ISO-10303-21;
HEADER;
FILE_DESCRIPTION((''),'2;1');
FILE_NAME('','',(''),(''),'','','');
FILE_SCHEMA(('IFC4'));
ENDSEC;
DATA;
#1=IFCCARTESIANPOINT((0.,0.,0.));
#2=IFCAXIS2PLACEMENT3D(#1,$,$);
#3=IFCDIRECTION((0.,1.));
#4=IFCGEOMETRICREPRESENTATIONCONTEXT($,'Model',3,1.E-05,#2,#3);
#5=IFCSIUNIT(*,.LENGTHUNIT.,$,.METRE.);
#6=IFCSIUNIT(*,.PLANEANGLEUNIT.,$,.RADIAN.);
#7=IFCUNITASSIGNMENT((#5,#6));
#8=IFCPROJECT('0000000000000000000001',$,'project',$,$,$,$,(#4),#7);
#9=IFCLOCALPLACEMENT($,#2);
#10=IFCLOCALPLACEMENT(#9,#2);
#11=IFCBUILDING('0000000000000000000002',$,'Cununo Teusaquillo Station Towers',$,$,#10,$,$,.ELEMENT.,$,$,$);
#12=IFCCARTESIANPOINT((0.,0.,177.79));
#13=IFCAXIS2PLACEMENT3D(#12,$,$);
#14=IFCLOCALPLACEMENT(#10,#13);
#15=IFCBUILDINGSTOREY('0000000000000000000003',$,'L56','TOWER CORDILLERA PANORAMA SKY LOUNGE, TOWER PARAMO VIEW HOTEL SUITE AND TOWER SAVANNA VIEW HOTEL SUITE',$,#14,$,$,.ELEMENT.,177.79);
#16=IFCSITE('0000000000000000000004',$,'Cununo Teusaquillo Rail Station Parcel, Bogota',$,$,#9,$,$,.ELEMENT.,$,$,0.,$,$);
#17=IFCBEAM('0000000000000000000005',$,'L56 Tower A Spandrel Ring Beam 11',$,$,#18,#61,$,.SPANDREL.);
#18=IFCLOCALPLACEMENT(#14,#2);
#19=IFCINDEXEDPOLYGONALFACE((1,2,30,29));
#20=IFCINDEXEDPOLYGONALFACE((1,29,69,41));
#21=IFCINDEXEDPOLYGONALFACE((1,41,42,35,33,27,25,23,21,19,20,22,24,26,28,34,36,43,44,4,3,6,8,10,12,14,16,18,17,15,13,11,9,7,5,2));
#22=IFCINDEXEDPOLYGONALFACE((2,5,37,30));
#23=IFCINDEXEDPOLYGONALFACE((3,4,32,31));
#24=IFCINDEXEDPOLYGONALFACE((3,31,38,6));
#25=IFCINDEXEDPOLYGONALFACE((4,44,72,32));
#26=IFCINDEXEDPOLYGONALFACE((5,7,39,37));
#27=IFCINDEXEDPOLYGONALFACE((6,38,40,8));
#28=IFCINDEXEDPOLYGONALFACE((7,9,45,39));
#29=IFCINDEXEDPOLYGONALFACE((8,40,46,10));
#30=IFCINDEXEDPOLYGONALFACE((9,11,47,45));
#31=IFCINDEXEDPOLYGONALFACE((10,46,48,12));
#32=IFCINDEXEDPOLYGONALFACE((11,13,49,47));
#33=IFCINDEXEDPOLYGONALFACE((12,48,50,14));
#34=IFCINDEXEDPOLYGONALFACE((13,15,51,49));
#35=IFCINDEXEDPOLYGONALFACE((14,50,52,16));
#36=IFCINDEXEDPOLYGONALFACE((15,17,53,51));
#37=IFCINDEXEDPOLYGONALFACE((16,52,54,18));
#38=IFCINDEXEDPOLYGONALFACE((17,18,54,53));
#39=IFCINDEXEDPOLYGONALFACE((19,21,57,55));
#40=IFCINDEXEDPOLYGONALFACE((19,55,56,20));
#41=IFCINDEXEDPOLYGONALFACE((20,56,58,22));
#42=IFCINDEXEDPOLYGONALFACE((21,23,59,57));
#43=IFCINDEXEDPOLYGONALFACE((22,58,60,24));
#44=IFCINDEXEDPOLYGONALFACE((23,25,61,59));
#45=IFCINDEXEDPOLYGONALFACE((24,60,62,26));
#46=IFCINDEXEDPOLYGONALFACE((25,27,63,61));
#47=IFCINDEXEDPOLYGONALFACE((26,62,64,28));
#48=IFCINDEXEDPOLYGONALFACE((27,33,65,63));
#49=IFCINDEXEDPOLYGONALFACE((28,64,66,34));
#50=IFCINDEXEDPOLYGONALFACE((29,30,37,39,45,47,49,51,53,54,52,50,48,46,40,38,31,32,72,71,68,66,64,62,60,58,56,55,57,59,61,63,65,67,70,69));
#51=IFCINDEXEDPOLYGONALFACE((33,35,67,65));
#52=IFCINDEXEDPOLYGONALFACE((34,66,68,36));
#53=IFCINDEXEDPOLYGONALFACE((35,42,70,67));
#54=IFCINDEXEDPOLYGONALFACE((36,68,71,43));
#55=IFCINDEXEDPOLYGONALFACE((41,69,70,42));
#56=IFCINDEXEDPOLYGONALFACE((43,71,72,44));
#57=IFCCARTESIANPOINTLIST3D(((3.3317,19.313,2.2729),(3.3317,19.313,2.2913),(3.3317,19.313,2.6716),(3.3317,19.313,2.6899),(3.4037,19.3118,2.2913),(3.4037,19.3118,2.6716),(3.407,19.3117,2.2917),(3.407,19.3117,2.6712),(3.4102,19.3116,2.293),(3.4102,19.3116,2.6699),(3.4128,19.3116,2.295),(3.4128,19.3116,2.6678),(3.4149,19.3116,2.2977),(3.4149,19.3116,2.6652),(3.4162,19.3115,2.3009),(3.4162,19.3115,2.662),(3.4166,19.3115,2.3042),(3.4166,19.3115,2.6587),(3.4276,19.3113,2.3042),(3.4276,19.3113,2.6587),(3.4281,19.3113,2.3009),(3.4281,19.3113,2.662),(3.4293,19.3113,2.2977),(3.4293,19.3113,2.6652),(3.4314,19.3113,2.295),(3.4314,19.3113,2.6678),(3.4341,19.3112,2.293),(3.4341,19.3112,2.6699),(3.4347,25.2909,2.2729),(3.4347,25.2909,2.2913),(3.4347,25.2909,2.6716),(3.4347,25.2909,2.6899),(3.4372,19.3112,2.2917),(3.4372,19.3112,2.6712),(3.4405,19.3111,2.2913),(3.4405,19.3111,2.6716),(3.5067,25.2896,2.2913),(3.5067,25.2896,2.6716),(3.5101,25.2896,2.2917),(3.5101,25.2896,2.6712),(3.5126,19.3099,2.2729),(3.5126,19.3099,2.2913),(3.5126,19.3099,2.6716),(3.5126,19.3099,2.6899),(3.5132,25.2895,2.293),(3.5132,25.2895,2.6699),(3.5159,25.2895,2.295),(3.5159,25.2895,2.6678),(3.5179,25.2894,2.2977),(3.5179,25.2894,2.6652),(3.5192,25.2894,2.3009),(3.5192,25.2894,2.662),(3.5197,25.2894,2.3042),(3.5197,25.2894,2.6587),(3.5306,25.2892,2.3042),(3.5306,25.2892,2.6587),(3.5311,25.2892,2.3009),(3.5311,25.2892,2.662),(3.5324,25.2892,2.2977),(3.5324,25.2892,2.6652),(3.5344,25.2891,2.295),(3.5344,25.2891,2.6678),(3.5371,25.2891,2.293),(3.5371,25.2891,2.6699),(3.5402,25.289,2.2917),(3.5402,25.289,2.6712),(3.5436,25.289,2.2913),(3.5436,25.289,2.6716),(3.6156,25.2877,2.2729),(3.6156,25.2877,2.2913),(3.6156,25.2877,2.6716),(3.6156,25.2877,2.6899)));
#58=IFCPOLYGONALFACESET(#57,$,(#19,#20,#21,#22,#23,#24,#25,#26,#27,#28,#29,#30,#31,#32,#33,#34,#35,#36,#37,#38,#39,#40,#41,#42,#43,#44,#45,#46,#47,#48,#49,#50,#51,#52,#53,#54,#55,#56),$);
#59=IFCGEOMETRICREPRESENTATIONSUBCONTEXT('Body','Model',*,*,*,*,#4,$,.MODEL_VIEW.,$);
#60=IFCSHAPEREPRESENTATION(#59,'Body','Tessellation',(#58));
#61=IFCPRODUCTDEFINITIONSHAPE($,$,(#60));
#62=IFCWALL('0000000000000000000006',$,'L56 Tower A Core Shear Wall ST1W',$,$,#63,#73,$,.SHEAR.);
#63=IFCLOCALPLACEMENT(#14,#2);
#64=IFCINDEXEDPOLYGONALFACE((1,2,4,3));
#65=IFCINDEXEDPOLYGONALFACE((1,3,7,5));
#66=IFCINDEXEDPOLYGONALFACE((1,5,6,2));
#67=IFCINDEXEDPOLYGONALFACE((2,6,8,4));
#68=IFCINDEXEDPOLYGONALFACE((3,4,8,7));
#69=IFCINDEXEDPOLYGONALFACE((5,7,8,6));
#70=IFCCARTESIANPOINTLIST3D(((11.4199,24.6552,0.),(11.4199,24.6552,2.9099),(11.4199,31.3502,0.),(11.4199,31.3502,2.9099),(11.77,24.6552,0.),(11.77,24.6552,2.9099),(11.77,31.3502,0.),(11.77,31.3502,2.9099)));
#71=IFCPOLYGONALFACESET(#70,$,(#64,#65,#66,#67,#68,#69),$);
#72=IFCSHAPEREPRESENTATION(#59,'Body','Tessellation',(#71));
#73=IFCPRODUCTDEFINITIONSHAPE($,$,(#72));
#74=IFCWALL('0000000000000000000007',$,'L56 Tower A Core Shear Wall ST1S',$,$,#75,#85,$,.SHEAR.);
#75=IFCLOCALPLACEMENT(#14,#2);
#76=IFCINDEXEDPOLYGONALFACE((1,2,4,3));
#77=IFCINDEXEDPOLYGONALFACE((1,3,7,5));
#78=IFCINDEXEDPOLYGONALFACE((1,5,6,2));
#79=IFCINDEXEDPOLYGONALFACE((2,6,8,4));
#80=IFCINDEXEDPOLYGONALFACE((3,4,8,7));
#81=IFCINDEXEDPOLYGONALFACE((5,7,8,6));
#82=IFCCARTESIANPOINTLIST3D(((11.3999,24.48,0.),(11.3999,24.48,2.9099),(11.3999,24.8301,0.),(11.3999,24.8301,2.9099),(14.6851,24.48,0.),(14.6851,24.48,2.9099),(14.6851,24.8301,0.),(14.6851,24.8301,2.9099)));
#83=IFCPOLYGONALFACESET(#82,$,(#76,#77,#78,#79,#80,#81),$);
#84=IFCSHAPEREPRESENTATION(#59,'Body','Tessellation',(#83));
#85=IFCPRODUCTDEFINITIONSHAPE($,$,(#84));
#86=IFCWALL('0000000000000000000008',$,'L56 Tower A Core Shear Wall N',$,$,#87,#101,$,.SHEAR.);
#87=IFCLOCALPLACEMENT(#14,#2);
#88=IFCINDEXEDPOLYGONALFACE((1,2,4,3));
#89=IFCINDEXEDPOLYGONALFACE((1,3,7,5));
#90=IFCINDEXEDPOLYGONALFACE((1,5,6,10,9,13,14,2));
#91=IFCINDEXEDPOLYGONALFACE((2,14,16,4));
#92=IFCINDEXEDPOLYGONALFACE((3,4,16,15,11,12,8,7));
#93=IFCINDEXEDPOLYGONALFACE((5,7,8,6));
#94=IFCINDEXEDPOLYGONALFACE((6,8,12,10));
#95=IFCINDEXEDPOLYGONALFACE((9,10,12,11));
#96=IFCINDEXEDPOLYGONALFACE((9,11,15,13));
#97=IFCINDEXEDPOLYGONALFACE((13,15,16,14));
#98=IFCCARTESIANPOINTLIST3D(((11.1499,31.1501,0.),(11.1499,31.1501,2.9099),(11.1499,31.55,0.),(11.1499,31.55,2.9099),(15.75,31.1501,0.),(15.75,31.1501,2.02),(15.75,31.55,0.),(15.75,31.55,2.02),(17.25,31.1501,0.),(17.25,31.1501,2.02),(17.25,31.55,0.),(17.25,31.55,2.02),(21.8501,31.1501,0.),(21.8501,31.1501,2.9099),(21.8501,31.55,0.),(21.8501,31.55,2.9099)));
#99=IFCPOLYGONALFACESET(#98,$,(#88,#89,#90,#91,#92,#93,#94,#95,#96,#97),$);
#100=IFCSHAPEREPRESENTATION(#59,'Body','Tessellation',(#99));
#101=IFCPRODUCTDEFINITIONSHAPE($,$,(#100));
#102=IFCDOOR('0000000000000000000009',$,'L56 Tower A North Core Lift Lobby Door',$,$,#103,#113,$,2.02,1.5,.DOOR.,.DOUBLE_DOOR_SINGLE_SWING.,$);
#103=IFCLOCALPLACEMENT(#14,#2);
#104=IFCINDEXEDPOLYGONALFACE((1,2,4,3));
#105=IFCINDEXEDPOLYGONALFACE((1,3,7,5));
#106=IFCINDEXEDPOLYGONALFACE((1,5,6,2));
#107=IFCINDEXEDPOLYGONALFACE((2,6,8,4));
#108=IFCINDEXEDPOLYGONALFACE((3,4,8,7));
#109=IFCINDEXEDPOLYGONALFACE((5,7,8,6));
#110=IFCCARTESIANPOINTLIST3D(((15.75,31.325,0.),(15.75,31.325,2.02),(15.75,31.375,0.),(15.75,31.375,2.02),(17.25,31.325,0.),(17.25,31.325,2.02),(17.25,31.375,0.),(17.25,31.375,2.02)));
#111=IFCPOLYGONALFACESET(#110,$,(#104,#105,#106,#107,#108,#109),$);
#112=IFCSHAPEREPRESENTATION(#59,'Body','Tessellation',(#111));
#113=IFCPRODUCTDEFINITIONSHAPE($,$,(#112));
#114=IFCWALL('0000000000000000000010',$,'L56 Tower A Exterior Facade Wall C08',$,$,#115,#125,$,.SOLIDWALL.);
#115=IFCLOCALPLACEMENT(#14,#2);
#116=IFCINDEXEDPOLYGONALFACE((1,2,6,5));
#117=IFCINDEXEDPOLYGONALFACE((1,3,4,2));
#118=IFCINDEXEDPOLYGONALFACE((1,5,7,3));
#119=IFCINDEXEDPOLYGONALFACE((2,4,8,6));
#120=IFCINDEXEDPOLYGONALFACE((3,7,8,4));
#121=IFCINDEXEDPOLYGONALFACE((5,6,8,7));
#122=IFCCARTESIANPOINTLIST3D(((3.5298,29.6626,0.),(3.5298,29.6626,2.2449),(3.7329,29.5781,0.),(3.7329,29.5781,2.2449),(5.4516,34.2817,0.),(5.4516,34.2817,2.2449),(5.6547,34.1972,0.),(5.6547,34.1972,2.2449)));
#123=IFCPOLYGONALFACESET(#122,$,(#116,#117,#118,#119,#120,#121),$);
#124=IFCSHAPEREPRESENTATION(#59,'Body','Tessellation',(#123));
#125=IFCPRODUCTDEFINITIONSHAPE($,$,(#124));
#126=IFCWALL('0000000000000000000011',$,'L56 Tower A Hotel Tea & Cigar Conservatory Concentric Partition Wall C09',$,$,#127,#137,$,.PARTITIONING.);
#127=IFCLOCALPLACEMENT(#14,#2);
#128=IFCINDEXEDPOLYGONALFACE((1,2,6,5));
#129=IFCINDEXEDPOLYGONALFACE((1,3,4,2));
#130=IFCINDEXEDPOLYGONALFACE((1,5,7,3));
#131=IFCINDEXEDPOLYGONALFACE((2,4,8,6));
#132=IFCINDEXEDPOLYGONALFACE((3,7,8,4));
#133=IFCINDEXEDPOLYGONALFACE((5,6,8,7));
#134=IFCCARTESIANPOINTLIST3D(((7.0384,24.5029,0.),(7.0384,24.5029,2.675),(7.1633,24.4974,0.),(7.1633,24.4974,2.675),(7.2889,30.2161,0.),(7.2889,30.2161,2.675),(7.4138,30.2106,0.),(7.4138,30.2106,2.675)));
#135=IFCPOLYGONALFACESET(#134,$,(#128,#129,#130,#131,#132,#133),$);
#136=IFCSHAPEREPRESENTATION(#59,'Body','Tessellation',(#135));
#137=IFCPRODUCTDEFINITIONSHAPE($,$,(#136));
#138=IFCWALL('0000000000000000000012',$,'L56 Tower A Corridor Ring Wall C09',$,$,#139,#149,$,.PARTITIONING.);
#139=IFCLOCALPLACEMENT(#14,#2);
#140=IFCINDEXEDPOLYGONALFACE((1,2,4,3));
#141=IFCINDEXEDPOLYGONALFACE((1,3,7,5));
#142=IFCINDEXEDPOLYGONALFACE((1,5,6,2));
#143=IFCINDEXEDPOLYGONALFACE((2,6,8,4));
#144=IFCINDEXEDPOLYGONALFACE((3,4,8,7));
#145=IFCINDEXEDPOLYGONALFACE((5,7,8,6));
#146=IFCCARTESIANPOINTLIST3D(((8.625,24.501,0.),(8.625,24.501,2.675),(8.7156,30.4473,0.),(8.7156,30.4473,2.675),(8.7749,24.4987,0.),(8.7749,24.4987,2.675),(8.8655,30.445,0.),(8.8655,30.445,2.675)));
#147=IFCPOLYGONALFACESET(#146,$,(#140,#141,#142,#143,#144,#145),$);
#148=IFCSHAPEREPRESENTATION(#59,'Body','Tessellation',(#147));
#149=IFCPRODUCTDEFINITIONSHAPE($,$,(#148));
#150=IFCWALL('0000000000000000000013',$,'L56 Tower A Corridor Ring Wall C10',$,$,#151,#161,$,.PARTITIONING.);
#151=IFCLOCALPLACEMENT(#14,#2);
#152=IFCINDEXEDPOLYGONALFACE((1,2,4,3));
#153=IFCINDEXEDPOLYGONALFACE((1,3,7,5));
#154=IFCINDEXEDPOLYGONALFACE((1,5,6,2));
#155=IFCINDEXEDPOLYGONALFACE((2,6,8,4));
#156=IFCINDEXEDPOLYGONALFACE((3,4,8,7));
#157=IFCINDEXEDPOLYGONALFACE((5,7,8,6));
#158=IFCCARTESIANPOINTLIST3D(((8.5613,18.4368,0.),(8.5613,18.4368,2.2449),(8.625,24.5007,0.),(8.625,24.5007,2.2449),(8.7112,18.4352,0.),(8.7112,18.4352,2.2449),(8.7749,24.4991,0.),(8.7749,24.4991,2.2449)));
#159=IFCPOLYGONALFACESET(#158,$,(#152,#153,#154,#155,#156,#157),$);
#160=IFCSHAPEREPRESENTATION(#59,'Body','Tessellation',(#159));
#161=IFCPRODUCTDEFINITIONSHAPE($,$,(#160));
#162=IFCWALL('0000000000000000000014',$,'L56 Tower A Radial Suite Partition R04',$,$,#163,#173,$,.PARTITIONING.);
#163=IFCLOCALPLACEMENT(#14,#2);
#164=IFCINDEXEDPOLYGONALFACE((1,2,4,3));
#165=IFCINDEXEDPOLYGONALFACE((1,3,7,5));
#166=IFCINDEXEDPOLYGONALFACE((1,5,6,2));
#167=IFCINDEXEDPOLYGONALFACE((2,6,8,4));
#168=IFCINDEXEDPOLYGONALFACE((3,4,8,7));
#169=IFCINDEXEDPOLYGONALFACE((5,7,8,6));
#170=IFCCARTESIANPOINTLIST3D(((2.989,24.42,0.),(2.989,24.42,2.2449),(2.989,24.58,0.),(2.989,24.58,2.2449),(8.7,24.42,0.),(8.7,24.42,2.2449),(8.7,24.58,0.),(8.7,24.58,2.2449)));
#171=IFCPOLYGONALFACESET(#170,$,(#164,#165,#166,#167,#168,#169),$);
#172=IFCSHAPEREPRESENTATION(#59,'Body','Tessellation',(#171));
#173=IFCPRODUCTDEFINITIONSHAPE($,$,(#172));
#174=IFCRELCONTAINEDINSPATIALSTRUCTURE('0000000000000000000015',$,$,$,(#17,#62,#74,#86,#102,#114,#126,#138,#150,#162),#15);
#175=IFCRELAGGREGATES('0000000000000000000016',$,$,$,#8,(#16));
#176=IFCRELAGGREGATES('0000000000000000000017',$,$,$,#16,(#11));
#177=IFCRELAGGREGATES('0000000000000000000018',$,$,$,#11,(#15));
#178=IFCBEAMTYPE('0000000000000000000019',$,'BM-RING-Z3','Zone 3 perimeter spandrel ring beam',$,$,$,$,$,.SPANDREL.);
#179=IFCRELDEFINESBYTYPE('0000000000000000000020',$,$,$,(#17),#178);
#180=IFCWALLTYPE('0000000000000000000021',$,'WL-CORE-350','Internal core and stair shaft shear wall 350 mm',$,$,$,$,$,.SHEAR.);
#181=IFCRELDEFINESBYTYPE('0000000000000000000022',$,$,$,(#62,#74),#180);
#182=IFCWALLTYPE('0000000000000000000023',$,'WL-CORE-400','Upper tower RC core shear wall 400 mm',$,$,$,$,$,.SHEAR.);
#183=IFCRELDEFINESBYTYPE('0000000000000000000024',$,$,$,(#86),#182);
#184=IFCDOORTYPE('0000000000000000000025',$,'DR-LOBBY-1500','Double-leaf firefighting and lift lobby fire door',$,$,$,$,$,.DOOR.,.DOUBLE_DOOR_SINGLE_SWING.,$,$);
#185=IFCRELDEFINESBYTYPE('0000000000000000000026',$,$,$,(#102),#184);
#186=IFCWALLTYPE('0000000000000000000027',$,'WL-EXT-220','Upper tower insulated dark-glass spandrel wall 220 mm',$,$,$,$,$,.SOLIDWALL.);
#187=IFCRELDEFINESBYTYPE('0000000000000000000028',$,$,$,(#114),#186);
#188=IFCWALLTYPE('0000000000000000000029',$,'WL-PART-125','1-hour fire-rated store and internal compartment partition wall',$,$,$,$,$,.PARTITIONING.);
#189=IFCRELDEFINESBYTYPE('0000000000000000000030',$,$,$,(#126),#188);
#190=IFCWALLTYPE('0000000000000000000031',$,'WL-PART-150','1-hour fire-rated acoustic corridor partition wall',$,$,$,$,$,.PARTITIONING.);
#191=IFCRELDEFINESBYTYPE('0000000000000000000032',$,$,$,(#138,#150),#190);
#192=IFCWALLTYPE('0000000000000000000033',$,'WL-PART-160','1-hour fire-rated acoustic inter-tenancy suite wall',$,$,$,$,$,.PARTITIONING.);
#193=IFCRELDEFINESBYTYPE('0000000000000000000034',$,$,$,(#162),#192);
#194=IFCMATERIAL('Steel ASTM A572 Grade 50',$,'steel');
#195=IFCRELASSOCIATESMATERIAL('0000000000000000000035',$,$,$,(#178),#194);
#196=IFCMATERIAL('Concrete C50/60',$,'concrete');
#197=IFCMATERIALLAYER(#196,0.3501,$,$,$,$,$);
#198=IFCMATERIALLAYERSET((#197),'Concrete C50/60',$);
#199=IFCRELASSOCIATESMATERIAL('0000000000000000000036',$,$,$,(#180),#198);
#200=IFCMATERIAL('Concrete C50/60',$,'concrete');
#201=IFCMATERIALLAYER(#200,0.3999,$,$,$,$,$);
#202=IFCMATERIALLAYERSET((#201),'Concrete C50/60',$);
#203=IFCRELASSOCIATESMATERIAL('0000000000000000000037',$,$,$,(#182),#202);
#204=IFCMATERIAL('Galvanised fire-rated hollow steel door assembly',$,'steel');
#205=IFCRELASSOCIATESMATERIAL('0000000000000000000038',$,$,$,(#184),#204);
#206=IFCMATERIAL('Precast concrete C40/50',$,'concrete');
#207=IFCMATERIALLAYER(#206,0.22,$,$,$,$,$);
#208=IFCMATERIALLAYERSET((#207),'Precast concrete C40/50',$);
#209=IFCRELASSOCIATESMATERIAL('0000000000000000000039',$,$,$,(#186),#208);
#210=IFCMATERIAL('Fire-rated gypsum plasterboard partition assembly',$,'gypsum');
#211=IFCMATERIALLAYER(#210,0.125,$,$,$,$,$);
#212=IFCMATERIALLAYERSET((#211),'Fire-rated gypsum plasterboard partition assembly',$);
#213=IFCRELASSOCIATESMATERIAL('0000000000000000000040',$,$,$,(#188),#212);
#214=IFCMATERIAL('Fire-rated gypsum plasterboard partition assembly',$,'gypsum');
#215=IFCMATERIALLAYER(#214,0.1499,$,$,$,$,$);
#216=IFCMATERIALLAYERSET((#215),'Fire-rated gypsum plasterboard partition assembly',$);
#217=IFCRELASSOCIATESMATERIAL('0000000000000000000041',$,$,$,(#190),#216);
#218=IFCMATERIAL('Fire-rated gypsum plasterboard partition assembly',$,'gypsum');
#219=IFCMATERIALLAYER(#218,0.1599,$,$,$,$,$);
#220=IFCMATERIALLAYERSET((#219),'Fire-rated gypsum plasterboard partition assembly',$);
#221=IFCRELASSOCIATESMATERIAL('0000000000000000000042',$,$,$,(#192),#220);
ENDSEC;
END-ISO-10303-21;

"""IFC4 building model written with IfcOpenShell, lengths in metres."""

from ifc_helpers import new_model, si_unit, direction, frame, frame_2d, origin, origin_2d, place, context, subcontext, project, spatial, rectangle, i_section, extrude, source, transform, mapped, material, layer, layer_set, material_profile, profile_set, type_object, element, fill, save


model = new_model("IFC4")

# Units and contexts
model_context = context("Model", 3, precision=1e-05, world=origin(), true_north=direction((0.0, 1.0)))
body_context = subcontext(model_context, "Body", "Model", "MODEL_VIEW")
ifc_project = project(units=[si_unit("LENGTHUNIT", "METRE"), si_unit("PLANEANGLEUNIT", "RADIAN")], contexts=[model_context])

# Site, building, storey
site_placement = place(None, origin())
site = spatial("IfcSite", under=ifc_project, at=site_placement, Name="Cununo Teusaquillo Rail Station Parcel, Bogota", CompositionType="ELEMENT", RefElevation=0.0)
building_placement = place(site_placement, origin())
building = spatial("IfcBuilding", under=site, at=building_placement, Name="Cununo Teusaquillo Station Towers", CompositionType="ELEMENT")
storey_placement = place(building_placement, frame((0.0, 0.0, 177.79)))
storey = spatial("IfcBuildingStorey", under=building, at=storey_placement, Name="L56", Description="TOWER CORDILLERA PANORAMA SKY LOUNGE, TOWER PARAMO VIEW HOTEL SUITE AND TOWER SAVANNA VIEW HOTEL SUITE", CompositionType="ELEMENT", Elevation=177.79)

# Beam
ifc_material_1 = material(Name="Steel ASTM A572 Grade 50", Category="steel")
ifc_material_profile_1 = material_profile(ifc_material_1, i_section(OverallWidth=0.1809, OverallDepth=0.417, WebThickness=0.011, FlangeThickness=0.0183, FilletRadius=0.0129, at=origin_2d()), Name="W16X57")
ifc_profile_set_1 = profile_set([ifc_material_profile_1], Name="Steel ASTM A572 Grade 50")
beam_type_1 = type_object("IfcBeamType", Name="BM-RING-Z3", Description="Zone 3 perimeter spandrel ring beam", PredefinedType="SPANDREL", material=ifc_profile_set_1)
beam_1_placement = place(storey_placement, frame((3.5251, 25.2893, 2.4814), z_axis=(-0.017232, -0.999852, 0.0), x_axis=(0.999852, -0.017232, 0.0)))
element("IfcBeam", 1, at=beam_1_placement, inside=storey, type_object=beam_type_1, Name="L56 Tower A Spandrel Ring Beam 11", PredefinedType="SPANDREL", context=body_context, shape_type="SweptSolid", body=[
    extrude(i_section(OverallWidth=0.1809, OverallDepth=0.417, WebThickness=0.011, FlangeThickness=0.0183, FilletRadius=0.0129, at=origin_2d()), origin(), (0.0, 0.0, 1.0), 5.9788),
])

# Walls
ifc_material_2 = material(Name="Concrete C50/60", Category="concrete")
ifc_layer_1 = layer(ifc_material_2, 0.3501)
ifc_layer_set_1 = layer_set([ifc_layer_1], Name="Concrete C50/60")
wall_type_1 = type_object("IfcWallType", Name="WL-CORE-350", Description="Internal core and stair shaft shear wall 350 mm", PredefinedType="SHEAR", material=ifc_layer_set_1)
wall_1_placement = place(storey_placement, frame((11.595, 24.655, 0.0), z_axis=(0.0, 0.0, 1.0), x_axis=(0.0, 1.0, 0.0)))
element("IfcWall", 2, at=wall_1_placement, inside=storey, type_object=wall_type_1, Name="L56 Tower A Core Shear Wall ST1W", PredefinedType="SHEAR", context=body_context, shape_type="SweptSolid", body=[
    extrude(rectangle(XDim=6.6951, YDim=0.3501, at=frame_2d((3.3477, 0.0))), origin(), (0.0, 0.0, 1.0), 2.9099),
])
wall_2_placement = place(storey_placement, frame((11.3999, 24.655, 0.0), z_axis=(0.0, 0.0, 1.0), x_axis=(1.0, 0.0, 0.0)))
element("IfcWall", 3, at=wall_2_placement, inside=storey, type_object=wall_type_1, Name="L56 Tower A Core Shear Wall ST1S", PredefinedType="SHEAR", context=body_context, shape_type="SweptSolid", body=[
    extrude(rectangle(XDim=3.2852, YDim=0.3501, at=frame_2d((1.6426, 0.0))), origin(), (0.0, 0.0, 1.0), 2.9099),
])

# Wall, opening, door
ifc_material_3 = material(Name="Concrete C50/60", Category="concrete")
ifc_layer_2 = layer(ifc_material_3, 0.3999)
ifc_layer_set_2 = layer_set([ifc_layer_2], Name="Concrete C50/60")
wall_type_2 = type_object("IfcWallType", Name="WL-CORE-400", Description="Upper tower RC core shear wall 400 mm", PredefinedType="SHEAR", material=ifc_layer_set_2)
wall_3_placement = place(storey_placement, frame((11.1499, 31.3501, 0.0), z_axis=(0.0, 0.0, 1.0), x_axis=(1.0, 0.0, 0.0)))
wall_3 = element("IfcWall", 4, at=wall_3_placement, inside=storey, type_object=wall_type_2, Name="L56 Tower A Core Shear Wall N", PredefinedType="SHEAR", context=body_context, shape_type="SweptSolid", body=[
    extrude(rectangle(XDim=10.7002, YDim=0.3999, at=frame_2d((5.3501, 0.0))), origin(), (0.0, 0.0, 1.0), 2.9099),
])
shared_shape_1 = source(origin(), body_context, "Body", "SweptSolid", [
    extrude(rectangle(XDim=1.5, YDim=2.02, at=frame_2d((0.75, 1.01))), frame((0.0, 0.21, 0.0), z_axis=(0.0, -1.0, 0.0), x_axis=(1.0, 0.0, 0.0)), (0.0, 0.0, 1.0), 0.4199),
])
opening_placement = place(wall_3_placement, frame((4.6001, 0.0, 0.0)))
opening = element("IfcOpeningElement", 5, at=opening_placement, cuts=wall_3, PredefinedType="OPENING", context=body_context, shape_type="MappedRepresentation", body=[
    mapped(shared_shape_1, transform((0.0, 0.0, 0.0), x_axis=(1.0, 0.0, 0.0), y_axis=(0.0, 1.0, 0.0), z_axis=(0.0, 0.0, 1.0), scale=1.0)),
])
ifc_material_4 = material(Name="Galvanised fire-rated hollow steel door assembly", Category="steel")
door_type = type_object("IfcDoorType", Name="DR-LOBBY-1500", Description="Double-leaf firefighting and lift lobby fire door", OperationType="DOUBLE_DOOR_SINGLE_SWING", PredefinedType="DOOR", material=ifc_material_4)
shared_shape_2 = source(origin(), body_context, "Body", "SweptSolid", [
    extrude(rectangle(XDim=1.5, YDim=2.02, at=frame_2d((0.75, 1.01))), frame((0.0, 0.0249, 0.0), z_axis=(0.0, -1.0, 0.0), x_axis=(1.0, 0.0, 0.0)), (0.0, 0.0, 1.0), 0.05),
])
door_placement = place(opening_placement, origin())
door = element("IfcDoor", 6, at=door_placement, inside=storey, type_object=door_type, Name="L56 Tower A North Core Lift Lobby Door", OperationType="DOUBLE_DOOR_SINGLE_SWING", OverallHeight=2.02, OverallWidth=1.5, PredefinedType="DOOR", context=body_context, shape_type="MappedRepresentation", body=[
    mapped(shared_shape_2, transform((0.0, 0.0, 0.0), x_axis=(1.0, 0.0, 0.0), y_axis=(0.0, 1.0, 0.0), z_axis=(0.0, 0.0, 1.0), scale=1.0)),
])
fill(opening, door)

# Walls
ifc_material_5 = material(Name="Precast concrete C40/50", Category="concrete")
ifc_layer_3 = layer(ifc_material_5, 0.22)
ifc_layer_set_3 = layer_set([ifc_layer_3], Name="Precast concrete C40/50")
wall_type_3 = type_object("IfcWallType", Name="WL-EXT-220", Description="Upper tower insulated dark-glass spandrel wall 220 mm", PredefinedType="SOLIDWALL", material=ifc_layer_set_3)
wall_4_placement = place(storey_placement, frame((3.6313, 29.6204, 0.0), z_axis=(0.0, 0.0, 1.0), x_axis=(0.384144, 0.923273, 0.0)))
element("IfcWall", 7, at=wall_4_placement, inside=storey, type_object=wall_type_3, Name="L56 Tower A Exterior Facade Wall C08", PredefinedType="SOLIDWALL", context=body_context, shape_type="SweptSolid", body=[
    extrude(rectangle(XDim=5.0029, YDim=0.22, at=frame_2d((2.5015, 0.0))), origin(), (0.0, 0.0, 1.0), 2.2449),
])
ifc_material_6 = material(Name="Fire-rated gypsum plasterboard partition assembly", Category="gypsum")
ifc_layer_4 = layer(ifc_material_6, 0.125)
ifc_layer_set_4 = layer_set([ifc_layer_4], Name="Fire-rated gypsum plasterboard partition assembly")
wall_type_4 = type_object("IfcWallType", Name="WL-PART-125", Description="1-hour fire-rated store and internal compartment partition wall", PredefinedType="PARTITIONING", material=ifc_layer_set_4)
wall_5_placement = place(storey_placement, frame((7.3513, 30.2134, 0.0), z_axis=(0.0, 0.0, 1.0), x_axis=(-0.0438, -0.99904, 0.0)))
element("IfcWall", 8, at=wall_5_placement, inside=storey, type_object=wall_type_4, Name="L56 Tower A Hotel Tea & Cigar Conservatory Concentric Partition Wall C09", PredefinedType="PARTITIONING", context=body_context, shape_type="SweptSolid", body=[
    extrude(rectangle(XDim=5.7188, YDim=0.125, at=frame_2d((2.8594, 0.0))), origin(), (0.0, 0.0, 1.0), 2.675),
])
ifc_material_7 = material(Name="Fire-rated gypsum plasterboard partition assembly", Category="gypsum")
ifc_layer_5 = layer(ifc_material_7, 0.1499)
ifc_layer_set_5 = layer_set([ifc_layer_5], Name="Fire-rated gypsum plasterboard partition assembly")
wall_type_5 = type_object("IfcWallType", Name="WL-PART-150", Description="1-hour fire-rated acoustic corridor partition wall", PredefinedType="PARTITIONING", material=ifc_layer_set_5)
wall_6_placement = place(storey_placement, frame((8.7905, 30.4463, 0.0), z_axis=(0.0, 0.0, 1.0), x_axis=(-0.015231, -0.999884, 0.0)))
element("IfcWall", 9, at=wall_6_placement, inside=storey, type_object=wall_type_5, Name="L56 Tower A Corridor Ring Wall C09", PredefinedType="PARTITIONING", context=body_context, shape_type="SweptSolid", body=[
    extrude(rectangle(XDim=5.947, YDim=0.1499, at=frame_2d((2.9736, 0.0))), origin(), (0.0, 0.0, 1.0), 2.675),
])
wall_7_placement = place(storey_placement, frame((8.7, 24.5, 0.0), z_axis=(0.0, 0.0, 1.0), x_axis=(-0.010508, -0.999945, 0.0)))
element("IfcWall", 10, at=wall_7_placement, inside=storey, type_object=wall_type_5, Name="L56 Tower A Corridor Ring Wall C10", PredefinedType="PARTITIONING", context=body_context, shape_type="SweptSolid", body=[
    extrude(rectangle(XDim=6.0642, YDim=0.1499, at=frame_2d((3.0322, 0.0))), origin(), (0.0, 0.0, 1.0), 2.2449),
])
ifc_material_8 = material(Name="Fire-rated gypsum plasterboard partition assembly", Category="gypsum")
ifc_layer_6 = layer(ifc_material_8, 0.1599)
ifc_layer_set_6 = layer_set([ifc_layer_6], Name="Fire-rated gypsum plasterboard partition assembly")
wall_type_6 = type_object("IfcWallType", Name="WL-PART-160", Description="1-hour fire-rated acoustic inter-tenancy suite wall", PredefinedType="PARTITIONING", material=ifc_layer_set_6)
wall_8_placement = place(storey_placement, frame((8.7, 24.5, 0.0), z_axis=(0.0, 0.0, 1.0), x_axis=(-1.0, 0.0, 0.0)))
element("IfcWall", 11, at=wall_8_placement, inside=storey, type_object=wall_type_6, Name="L56 Tower A Radial Suite Partition R04", PredefinedType="PARTITIONING", context=body_context, shape_type="SweptSolid", body=[
    extrude(rectangle(XDim=5.7109, YDim=0.1599, at=frame_2d((2.8555, 0.0))), origin(), (0.0, 0.0, 1.0), 2.2449),
])

save(model, "model.ifc")
